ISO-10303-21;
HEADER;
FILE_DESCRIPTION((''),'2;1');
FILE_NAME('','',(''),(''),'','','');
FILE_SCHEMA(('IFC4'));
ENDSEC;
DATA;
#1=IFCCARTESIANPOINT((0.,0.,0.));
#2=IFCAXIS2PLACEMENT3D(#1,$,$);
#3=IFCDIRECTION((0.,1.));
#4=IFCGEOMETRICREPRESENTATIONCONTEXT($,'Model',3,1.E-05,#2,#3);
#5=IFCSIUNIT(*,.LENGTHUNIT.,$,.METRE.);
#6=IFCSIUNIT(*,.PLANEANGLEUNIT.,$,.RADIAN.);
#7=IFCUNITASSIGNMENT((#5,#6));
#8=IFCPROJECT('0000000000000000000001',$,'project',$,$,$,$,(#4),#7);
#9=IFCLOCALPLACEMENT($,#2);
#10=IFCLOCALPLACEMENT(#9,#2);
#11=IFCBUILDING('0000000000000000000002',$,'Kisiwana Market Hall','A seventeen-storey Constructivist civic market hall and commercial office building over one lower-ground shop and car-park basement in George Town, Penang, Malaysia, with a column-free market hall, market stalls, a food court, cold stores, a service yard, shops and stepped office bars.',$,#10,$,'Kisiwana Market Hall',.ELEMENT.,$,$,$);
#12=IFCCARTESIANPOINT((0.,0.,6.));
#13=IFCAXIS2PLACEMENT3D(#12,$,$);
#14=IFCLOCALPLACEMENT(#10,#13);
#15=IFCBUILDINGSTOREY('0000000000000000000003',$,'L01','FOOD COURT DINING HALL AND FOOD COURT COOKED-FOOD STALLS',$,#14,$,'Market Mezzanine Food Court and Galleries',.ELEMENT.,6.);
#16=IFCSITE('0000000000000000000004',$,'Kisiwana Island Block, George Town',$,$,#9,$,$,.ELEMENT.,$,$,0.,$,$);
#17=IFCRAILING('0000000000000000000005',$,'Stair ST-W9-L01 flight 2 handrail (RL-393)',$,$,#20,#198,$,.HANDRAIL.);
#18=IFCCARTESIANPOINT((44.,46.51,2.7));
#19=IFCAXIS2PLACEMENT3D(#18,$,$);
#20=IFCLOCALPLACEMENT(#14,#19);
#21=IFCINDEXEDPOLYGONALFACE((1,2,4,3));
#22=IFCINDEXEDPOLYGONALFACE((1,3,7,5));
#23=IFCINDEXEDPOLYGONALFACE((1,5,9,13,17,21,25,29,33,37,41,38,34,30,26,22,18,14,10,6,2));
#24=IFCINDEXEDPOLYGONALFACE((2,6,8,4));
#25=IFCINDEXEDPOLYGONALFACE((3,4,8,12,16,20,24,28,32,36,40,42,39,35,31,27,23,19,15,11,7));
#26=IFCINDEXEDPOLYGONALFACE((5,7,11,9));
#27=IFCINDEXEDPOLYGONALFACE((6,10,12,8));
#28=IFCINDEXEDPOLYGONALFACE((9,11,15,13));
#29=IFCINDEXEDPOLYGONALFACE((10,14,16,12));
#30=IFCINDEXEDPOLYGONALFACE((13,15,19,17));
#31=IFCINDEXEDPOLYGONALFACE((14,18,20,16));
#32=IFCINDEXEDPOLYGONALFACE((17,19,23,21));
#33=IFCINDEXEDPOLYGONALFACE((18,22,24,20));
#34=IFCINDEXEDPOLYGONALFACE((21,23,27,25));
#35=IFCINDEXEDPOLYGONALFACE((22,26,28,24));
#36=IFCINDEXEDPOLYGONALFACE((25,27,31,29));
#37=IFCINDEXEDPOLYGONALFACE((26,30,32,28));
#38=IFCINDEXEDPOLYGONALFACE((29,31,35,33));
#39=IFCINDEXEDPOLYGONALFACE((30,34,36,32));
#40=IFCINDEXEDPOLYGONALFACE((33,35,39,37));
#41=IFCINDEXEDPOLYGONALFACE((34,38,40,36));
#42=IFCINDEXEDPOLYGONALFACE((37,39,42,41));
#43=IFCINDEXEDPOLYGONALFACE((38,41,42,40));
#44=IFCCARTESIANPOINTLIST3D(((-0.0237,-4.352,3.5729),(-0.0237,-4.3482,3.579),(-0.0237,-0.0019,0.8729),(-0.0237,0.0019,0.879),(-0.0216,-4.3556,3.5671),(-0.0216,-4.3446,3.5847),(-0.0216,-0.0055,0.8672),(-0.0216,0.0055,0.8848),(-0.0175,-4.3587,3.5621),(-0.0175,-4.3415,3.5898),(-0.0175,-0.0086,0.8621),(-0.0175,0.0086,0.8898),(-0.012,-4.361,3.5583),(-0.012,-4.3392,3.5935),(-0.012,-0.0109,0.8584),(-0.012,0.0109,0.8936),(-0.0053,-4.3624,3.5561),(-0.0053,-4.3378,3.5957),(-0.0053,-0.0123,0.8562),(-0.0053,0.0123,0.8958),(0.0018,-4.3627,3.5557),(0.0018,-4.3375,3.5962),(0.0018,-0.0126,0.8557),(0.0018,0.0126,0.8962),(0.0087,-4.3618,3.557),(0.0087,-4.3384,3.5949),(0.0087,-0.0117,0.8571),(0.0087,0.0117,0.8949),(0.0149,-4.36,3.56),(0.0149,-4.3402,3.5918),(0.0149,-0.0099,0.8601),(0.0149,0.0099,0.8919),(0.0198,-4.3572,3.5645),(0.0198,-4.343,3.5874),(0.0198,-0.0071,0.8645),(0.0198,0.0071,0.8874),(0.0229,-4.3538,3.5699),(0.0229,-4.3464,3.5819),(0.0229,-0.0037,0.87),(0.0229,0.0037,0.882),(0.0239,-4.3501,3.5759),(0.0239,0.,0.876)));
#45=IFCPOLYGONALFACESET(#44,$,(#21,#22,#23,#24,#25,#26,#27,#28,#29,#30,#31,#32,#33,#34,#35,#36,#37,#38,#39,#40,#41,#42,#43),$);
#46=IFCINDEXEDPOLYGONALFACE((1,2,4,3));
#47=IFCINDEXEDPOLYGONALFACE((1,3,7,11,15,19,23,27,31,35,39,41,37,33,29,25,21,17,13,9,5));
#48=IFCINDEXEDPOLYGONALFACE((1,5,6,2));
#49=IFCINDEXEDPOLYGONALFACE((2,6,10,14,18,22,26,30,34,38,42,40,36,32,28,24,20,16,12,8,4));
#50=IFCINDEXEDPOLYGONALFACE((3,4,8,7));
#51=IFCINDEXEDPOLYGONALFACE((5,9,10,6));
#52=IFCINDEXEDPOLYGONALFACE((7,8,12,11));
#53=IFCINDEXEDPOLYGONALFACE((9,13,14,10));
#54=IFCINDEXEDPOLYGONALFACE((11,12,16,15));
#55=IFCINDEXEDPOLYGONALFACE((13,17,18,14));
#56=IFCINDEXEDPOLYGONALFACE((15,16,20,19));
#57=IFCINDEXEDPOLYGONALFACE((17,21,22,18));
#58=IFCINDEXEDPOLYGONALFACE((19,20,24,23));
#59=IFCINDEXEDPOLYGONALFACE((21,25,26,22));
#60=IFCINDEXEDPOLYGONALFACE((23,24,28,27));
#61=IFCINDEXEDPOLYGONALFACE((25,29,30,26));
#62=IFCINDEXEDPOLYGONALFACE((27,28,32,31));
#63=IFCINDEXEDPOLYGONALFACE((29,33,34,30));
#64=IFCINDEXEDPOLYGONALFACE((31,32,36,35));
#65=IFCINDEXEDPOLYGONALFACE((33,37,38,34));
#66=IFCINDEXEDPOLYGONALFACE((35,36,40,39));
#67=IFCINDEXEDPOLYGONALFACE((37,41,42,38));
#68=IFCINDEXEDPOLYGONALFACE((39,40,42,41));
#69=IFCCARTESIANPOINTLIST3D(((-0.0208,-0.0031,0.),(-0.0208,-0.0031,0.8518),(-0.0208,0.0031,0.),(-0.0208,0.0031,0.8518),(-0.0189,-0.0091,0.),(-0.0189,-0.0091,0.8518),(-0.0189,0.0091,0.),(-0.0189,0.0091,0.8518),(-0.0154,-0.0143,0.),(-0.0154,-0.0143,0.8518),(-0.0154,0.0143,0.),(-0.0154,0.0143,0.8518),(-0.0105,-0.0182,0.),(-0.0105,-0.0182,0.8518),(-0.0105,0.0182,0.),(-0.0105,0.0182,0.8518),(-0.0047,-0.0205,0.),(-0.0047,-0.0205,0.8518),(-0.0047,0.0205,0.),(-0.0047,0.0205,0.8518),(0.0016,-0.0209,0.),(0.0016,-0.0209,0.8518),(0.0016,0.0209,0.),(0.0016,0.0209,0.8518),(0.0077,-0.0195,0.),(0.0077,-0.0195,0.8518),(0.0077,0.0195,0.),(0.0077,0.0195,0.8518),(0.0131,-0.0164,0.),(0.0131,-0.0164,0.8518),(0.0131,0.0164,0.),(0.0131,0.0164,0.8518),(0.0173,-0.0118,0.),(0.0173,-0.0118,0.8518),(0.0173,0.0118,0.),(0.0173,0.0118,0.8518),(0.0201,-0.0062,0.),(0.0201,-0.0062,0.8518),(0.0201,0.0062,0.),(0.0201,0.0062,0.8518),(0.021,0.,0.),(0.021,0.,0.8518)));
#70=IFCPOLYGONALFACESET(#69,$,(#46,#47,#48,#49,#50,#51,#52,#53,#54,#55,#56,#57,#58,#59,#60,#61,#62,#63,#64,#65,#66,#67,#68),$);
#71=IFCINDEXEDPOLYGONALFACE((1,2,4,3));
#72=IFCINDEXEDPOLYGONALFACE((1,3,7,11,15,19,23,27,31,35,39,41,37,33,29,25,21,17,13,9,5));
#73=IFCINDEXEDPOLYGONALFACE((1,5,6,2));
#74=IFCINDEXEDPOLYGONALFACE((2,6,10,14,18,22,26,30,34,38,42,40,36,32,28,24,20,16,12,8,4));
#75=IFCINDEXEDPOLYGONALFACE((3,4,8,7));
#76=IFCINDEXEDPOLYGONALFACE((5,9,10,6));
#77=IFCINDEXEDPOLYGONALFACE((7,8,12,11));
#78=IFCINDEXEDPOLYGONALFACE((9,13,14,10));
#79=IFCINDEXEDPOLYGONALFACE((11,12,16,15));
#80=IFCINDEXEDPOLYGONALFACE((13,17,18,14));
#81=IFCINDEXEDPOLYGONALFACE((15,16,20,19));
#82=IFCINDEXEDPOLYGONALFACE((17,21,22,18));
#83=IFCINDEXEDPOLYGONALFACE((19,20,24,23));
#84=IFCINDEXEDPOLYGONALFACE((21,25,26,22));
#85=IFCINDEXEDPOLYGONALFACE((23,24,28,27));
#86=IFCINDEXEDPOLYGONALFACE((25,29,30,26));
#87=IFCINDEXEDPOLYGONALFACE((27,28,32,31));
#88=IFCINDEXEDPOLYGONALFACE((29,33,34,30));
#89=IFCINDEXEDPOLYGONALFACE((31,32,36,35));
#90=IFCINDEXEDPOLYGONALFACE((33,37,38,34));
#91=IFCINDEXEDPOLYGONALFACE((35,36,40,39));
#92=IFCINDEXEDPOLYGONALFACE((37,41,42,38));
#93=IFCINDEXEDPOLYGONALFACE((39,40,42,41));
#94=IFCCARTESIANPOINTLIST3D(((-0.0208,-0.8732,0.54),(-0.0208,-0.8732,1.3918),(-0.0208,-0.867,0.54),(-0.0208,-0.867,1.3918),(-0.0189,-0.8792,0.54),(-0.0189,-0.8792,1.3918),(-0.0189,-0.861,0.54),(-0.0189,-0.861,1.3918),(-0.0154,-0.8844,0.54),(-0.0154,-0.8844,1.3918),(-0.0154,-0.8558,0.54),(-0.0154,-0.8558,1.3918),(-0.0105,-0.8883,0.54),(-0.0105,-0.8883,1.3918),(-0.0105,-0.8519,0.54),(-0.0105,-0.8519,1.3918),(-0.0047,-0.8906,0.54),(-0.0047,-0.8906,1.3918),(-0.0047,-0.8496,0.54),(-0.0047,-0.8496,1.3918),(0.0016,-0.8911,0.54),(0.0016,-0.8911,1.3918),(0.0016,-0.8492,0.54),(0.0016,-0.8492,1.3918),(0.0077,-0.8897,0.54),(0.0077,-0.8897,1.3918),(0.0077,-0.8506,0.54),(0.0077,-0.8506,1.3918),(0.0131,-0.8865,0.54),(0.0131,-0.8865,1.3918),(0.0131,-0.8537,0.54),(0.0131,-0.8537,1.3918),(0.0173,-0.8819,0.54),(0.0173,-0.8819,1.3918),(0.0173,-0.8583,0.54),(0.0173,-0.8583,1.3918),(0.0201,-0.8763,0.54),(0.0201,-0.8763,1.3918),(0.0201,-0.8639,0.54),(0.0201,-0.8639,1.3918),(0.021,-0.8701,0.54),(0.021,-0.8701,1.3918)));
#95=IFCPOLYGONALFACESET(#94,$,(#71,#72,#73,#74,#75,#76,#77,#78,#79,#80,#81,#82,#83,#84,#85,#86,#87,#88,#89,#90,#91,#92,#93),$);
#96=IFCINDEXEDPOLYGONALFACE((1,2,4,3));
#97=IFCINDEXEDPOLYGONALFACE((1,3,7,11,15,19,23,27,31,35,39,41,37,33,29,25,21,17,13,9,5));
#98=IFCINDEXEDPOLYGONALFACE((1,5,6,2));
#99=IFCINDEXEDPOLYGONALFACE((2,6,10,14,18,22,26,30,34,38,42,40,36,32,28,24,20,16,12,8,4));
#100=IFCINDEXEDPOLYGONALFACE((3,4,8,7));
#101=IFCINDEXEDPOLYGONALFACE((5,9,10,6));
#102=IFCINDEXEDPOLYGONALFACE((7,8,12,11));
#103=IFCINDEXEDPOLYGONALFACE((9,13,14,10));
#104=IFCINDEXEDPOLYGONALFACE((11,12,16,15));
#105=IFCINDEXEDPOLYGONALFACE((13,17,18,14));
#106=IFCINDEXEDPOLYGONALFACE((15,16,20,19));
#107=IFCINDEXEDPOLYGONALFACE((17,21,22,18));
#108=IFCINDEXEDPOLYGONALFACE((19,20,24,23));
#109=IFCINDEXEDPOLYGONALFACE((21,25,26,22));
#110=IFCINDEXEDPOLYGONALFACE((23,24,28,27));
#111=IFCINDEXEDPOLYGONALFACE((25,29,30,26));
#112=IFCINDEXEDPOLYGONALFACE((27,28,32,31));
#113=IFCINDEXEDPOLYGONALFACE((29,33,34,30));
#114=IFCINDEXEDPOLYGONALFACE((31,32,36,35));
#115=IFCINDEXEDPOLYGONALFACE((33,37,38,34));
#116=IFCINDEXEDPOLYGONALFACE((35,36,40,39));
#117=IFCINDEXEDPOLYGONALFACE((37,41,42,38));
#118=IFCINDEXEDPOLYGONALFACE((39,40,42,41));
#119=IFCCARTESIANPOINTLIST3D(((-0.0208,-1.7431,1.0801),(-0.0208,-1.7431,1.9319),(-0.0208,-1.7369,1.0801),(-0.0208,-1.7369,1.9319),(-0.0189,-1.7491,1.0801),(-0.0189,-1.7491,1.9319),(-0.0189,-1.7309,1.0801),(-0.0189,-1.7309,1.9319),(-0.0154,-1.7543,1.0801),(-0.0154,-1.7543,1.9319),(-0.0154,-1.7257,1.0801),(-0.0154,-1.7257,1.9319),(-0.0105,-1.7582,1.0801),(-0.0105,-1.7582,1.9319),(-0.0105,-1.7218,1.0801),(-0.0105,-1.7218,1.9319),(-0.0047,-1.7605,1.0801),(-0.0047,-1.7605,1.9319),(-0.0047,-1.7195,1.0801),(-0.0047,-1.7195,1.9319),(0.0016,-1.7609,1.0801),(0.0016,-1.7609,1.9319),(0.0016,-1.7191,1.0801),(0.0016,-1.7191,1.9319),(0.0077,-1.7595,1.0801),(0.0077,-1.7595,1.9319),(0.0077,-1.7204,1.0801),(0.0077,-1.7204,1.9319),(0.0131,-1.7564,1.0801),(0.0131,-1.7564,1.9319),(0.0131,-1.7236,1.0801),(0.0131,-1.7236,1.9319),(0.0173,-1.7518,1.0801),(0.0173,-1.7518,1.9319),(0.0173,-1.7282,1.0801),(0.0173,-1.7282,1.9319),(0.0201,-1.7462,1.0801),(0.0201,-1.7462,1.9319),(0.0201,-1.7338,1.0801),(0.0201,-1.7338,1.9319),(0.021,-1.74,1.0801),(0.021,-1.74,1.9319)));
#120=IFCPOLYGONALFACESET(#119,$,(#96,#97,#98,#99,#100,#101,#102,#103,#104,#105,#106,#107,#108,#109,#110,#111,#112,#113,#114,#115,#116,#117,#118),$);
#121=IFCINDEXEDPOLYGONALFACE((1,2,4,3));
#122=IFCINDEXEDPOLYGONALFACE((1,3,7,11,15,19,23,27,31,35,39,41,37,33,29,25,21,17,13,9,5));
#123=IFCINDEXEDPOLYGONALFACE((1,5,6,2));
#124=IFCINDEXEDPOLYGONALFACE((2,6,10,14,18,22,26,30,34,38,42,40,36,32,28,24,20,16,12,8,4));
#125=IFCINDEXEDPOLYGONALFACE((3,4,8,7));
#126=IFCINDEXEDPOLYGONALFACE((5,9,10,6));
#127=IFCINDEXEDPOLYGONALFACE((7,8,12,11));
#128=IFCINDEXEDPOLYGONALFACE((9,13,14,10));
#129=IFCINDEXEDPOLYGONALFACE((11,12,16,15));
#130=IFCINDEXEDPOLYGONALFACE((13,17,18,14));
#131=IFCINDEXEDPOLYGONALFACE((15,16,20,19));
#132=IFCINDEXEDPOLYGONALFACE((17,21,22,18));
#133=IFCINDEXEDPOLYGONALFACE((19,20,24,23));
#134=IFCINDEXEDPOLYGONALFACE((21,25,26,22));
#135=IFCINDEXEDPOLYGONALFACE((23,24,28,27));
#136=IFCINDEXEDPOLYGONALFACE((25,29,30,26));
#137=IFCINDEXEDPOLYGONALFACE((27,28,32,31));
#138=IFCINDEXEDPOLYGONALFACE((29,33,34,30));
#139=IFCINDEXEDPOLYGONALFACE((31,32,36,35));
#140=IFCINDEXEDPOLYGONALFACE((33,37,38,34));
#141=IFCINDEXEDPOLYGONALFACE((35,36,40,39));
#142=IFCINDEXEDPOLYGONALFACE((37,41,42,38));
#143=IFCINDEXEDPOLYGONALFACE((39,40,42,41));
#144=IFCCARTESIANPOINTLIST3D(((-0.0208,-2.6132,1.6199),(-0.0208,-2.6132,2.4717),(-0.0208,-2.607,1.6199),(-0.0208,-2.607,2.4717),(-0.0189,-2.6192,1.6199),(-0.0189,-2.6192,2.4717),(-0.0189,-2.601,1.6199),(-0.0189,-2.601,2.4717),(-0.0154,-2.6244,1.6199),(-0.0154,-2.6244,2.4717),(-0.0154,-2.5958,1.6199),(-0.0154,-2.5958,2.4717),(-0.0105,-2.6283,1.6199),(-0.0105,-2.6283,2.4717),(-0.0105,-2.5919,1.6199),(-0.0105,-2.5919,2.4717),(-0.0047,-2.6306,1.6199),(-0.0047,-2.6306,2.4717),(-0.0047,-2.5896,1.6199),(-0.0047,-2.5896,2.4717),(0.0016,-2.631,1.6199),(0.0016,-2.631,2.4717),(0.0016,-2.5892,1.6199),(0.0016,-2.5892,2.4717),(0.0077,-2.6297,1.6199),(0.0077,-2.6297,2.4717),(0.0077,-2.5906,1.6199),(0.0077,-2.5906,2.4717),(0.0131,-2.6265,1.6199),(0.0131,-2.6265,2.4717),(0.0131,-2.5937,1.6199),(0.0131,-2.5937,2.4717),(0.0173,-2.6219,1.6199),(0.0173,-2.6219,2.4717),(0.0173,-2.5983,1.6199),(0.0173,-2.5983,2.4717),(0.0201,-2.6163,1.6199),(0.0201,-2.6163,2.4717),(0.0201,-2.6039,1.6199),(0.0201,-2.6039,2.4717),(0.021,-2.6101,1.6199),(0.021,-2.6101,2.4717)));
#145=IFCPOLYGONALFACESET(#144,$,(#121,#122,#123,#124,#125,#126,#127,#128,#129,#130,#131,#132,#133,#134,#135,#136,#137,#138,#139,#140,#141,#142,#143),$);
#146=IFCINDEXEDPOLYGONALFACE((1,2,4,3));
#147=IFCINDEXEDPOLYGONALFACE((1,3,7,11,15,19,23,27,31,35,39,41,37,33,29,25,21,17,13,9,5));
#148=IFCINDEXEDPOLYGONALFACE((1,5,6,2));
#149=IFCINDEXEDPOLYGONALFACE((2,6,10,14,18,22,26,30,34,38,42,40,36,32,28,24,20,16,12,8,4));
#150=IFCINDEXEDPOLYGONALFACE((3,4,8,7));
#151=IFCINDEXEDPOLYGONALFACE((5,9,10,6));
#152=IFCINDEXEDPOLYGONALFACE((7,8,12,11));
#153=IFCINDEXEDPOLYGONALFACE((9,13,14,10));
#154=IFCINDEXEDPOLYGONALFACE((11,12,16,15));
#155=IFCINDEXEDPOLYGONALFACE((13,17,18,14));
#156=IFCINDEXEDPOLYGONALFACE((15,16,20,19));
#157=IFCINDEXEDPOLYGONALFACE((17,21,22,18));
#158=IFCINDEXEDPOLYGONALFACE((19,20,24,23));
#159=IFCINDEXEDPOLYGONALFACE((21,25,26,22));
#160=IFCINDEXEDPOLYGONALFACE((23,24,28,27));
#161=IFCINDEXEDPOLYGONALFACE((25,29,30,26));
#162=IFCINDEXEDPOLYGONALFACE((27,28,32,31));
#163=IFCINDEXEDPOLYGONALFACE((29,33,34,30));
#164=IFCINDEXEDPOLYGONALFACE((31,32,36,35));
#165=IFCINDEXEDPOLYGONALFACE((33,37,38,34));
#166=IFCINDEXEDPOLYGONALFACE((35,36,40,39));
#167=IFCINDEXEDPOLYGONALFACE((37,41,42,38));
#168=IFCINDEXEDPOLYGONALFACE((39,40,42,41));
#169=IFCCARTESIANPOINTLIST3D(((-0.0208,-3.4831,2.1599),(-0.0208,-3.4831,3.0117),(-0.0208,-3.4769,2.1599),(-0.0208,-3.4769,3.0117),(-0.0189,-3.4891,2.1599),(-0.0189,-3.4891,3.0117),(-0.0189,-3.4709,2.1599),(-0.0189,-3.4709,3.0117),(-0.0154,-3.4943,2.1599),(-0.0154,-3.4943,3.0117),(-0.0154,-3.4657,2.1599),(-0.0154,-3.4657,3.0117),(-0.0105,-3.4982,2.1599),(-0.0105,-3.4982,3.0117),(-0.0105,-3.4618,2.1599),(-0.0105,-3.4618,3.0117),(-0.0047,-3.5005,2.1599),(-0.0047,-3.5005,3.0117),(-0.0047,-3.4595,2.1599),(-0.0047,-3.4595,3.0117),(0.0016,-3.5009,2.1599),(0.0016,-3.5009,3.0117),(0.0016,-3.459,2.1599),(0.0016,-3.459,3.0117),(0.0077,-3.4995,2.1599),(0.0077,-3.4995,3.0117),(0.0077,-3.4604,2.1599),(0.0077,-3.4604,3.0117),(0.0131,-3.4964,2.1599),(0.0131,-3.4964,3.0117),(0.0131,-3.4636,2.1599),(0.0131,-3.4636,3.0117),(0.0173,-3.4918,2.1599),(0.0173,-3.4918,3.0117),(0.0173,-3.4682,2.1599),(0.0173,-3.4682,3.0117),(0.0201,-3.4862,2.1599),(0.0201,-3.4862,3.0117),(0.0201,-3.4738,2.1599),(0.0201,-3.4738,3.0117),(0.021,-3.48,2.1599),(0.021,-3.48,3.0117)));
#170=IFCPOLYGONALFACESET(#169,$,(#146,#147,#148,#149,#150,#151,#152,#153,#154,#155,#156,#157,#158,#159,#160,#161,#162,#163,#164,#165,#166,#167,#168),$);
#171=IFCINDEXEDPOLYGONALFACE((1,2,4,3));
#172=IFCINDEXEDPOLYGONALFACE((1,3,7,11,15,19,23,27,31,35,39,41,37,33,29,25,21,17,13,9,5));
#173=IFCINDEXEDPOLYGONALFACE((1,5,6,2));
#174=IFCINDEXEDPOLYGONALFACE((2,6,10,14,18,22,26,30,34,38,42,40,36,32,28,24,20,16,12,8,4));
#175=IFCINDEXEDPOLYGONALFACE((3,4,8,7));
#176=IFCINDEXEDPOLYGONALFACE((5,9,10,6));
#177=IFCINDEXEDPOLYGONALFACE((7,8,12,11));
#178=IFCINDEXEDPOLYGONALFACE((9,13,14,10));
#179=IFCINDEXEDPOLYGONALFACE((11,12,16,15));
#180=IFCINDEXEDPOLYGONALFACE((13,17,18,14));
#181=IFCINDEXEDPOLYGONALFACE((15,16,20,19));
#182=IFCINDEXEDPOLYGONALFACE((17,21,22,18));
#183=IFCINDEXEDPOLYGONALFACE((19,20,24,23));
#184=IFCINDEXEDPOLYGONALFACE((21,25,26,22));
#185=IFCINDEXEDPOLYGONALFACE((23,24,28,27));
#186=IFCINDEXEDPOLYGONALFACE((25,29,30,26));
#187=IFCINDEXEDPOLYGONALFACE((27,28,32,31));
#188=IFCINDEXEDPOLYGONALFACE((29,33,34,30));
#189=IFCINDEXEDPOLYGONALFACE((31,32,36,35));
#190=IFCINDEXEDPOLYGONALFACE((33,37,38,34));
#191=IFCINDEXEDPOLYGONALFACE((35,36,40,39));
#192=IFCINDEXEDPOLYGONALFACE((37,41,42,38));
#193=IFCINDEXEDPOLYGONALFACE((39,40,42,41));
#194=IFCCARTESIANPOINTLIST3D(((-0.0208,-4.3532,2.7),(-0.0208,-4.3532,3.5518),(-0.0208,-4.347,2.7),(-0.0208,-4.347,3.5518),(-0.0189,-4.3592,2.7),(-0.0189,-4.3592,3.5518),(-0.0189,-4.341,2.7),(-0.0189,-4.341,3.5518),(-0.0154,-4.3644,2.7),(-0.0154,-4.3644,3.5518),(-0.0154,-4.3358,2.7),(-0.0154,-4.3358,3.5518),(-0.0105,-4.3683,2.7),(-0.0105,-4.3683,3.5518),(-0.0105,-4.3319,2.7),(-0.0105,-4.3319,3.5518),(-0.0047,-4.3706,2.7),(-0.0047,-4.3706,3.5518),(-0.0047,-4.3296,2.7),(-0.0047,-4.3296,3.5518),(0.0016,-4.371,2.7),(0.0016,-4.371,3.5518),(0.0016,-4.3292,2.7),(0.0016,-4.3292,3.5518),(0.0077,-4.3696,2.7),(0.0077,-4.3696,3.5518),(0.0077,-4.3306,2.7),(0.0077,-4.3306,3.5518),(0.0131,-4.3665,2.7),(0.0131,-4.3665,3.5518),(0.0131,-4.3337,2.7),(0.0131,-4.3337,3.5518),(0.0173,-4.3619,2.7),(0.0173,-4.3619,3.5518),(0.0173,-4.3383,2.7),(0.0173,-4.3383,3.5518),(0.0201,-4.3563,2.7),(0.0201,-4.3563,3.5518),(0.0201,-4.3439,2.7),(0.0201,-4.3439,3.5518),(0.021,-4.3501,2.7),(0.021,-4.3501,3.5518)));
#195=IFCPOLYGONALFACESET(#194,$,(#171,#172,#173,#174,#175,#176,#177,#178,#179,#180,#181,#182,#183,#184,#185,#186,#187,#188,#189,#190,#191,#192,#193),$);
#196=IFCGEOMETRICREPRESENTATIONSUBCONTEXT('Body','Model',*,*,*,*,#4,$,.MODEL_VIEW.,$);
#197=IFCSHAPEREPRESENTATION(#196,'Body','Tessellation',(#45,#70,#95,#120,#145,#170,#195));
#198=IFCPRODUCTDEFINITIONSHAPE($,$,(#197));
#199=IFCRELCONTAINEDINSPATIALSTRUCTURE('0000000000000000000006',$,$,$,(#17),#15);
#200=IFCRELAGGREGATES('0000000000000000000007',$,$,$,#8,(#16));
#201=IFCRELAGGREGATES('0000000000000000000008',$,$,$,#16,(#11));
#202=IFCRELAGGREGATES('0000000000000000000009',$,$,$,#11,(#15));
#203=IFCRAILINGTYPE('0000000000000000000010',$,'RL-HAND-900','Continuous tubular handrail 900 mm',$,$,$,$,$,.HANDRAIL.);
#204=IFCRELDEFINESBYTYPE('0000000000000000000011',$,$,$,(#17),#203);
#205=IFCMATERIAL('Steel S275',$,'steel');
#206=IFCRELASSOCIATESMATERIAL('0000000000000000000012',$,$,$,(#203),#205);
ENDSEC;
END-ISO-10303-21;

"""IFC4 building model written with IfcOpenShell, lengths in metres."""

from ifc_helpers import new_model, si_unit, direction, frame, origin, origin_2d, place, context, subcontext, project, spatial, circle, extrude, material, type_object, element, save


model = new_model("IFC4")

# Units and contexts
model_context = context("Model", 3, precision=1e-05, world=origin(), true_north=direction((0.0, 1.0)))
body_context = subcontext(model_context, "Body", "Model", "MODEL_VIEW")
ifc_project = project(units=[si_unit("LENGTHUNIT", "METRE"), si_unit("PLANEANGLEUNIT", "RADIAN")], contexts=[model_context])

# Site, building, storey
site_placement = place(None, origin())
site = spatial("IfcSite", under=ifc_project, at=site_placement, Name="Kisiwana Island Block, George Town", CompositionType="ELEMENT", RefElevation=0.0)
building_placement = place(site_placement, origin())
building = spatial("IfcBuilding", under=site, at=building_placement, Name="Kisiwana Market Hall", Description="A seventeen-storey Constructivist civic market hall and commercial office building over one lower-ground shop and car-park basement in George Town, Penang, Malaysia, with a column-free market hall, market stalls, a food court, cold stores, a service yard, shops and stepped office bars.", LongName="Kisiwana Market Hall", CompositionType="ELEMENT")
storey_placement = place(building_placement, frame((0.0, 0.0, 6.0)))
storey = spatial("IfcBuildingStorey", under=building, at=storey_placement, Name="L01", Description="FOOD COURT DINING HALL AND FOOD COURT COOKED-FOOD STALLS", LongName="Market Mezzanine Food Court and Galleries", CompositionType="ELEMENT", Elevation=6.0)

# Railing
ifc_material_1 = material(Name="Steel S275", Category="steel")
railing_type_1 = type_object("IfcRailingType", Name="RL-HAND-900", Description="Continuous tubular handrail 900 mm", PredefinedType="HANDRAIL", material=ifc_material_1)
railing_1_placement = place(storey_placement, frame((44.0, 46.51, 2.7)))
element("IfcRailing", 1, at=railing_1_placement, inside=storey, type_object=railing_type_1, Name="Stair ST-W9-L01 flight 2 handrail (RL-393)", PredefinedType="HANDRAIL", context=body_context, shape_type="SweptSolid", body=[
    extrude(circle(Radius=0.0239, at=origin_2d()), frame((0.0, 0.0, 0.876), z_axis=(0.0, -0.84965, 0.527347), x_axis=(1.0, 0.0, 0.0)), (0.0, 0.0, 1.0), 5.1199),
    extrude(circle(Radius=0.021, at=origin_2d()), origin(), (0.0, 0.0, 1.0), 0.8518),
    extrude(circle(Radius=0.021, at=origin_2d()), frame((0.0, -0.8701, 0.54)), (0.0, 0.0, 1.0), 0.8518),
    extrude(circle(Radius=0.021, at=origin_2d()), frame((0.0, -1.74, 1.0801)), (0.0, 0.0, 1.0), 0.8518),
    extrude(circle(Radius=0.021, at=origin_2d()), frame((0.0, -2.6101, 1.6199)), (0.0, 0.0, 1.0), 0.8518),
    extrude(circle(Radius=0.021, at=origin_2d()), frame((0.0, -3.48, 2.1599)), (0.0, 0.0, 1.0), 0.8518),
    extrude(circle(Radius=0.021, at=origin_2d()), frame((0.0, -4.3501, 2.7)), (0.0, 0.0, 1.0), 0.8518),
])

save(model, "model.ifc")
